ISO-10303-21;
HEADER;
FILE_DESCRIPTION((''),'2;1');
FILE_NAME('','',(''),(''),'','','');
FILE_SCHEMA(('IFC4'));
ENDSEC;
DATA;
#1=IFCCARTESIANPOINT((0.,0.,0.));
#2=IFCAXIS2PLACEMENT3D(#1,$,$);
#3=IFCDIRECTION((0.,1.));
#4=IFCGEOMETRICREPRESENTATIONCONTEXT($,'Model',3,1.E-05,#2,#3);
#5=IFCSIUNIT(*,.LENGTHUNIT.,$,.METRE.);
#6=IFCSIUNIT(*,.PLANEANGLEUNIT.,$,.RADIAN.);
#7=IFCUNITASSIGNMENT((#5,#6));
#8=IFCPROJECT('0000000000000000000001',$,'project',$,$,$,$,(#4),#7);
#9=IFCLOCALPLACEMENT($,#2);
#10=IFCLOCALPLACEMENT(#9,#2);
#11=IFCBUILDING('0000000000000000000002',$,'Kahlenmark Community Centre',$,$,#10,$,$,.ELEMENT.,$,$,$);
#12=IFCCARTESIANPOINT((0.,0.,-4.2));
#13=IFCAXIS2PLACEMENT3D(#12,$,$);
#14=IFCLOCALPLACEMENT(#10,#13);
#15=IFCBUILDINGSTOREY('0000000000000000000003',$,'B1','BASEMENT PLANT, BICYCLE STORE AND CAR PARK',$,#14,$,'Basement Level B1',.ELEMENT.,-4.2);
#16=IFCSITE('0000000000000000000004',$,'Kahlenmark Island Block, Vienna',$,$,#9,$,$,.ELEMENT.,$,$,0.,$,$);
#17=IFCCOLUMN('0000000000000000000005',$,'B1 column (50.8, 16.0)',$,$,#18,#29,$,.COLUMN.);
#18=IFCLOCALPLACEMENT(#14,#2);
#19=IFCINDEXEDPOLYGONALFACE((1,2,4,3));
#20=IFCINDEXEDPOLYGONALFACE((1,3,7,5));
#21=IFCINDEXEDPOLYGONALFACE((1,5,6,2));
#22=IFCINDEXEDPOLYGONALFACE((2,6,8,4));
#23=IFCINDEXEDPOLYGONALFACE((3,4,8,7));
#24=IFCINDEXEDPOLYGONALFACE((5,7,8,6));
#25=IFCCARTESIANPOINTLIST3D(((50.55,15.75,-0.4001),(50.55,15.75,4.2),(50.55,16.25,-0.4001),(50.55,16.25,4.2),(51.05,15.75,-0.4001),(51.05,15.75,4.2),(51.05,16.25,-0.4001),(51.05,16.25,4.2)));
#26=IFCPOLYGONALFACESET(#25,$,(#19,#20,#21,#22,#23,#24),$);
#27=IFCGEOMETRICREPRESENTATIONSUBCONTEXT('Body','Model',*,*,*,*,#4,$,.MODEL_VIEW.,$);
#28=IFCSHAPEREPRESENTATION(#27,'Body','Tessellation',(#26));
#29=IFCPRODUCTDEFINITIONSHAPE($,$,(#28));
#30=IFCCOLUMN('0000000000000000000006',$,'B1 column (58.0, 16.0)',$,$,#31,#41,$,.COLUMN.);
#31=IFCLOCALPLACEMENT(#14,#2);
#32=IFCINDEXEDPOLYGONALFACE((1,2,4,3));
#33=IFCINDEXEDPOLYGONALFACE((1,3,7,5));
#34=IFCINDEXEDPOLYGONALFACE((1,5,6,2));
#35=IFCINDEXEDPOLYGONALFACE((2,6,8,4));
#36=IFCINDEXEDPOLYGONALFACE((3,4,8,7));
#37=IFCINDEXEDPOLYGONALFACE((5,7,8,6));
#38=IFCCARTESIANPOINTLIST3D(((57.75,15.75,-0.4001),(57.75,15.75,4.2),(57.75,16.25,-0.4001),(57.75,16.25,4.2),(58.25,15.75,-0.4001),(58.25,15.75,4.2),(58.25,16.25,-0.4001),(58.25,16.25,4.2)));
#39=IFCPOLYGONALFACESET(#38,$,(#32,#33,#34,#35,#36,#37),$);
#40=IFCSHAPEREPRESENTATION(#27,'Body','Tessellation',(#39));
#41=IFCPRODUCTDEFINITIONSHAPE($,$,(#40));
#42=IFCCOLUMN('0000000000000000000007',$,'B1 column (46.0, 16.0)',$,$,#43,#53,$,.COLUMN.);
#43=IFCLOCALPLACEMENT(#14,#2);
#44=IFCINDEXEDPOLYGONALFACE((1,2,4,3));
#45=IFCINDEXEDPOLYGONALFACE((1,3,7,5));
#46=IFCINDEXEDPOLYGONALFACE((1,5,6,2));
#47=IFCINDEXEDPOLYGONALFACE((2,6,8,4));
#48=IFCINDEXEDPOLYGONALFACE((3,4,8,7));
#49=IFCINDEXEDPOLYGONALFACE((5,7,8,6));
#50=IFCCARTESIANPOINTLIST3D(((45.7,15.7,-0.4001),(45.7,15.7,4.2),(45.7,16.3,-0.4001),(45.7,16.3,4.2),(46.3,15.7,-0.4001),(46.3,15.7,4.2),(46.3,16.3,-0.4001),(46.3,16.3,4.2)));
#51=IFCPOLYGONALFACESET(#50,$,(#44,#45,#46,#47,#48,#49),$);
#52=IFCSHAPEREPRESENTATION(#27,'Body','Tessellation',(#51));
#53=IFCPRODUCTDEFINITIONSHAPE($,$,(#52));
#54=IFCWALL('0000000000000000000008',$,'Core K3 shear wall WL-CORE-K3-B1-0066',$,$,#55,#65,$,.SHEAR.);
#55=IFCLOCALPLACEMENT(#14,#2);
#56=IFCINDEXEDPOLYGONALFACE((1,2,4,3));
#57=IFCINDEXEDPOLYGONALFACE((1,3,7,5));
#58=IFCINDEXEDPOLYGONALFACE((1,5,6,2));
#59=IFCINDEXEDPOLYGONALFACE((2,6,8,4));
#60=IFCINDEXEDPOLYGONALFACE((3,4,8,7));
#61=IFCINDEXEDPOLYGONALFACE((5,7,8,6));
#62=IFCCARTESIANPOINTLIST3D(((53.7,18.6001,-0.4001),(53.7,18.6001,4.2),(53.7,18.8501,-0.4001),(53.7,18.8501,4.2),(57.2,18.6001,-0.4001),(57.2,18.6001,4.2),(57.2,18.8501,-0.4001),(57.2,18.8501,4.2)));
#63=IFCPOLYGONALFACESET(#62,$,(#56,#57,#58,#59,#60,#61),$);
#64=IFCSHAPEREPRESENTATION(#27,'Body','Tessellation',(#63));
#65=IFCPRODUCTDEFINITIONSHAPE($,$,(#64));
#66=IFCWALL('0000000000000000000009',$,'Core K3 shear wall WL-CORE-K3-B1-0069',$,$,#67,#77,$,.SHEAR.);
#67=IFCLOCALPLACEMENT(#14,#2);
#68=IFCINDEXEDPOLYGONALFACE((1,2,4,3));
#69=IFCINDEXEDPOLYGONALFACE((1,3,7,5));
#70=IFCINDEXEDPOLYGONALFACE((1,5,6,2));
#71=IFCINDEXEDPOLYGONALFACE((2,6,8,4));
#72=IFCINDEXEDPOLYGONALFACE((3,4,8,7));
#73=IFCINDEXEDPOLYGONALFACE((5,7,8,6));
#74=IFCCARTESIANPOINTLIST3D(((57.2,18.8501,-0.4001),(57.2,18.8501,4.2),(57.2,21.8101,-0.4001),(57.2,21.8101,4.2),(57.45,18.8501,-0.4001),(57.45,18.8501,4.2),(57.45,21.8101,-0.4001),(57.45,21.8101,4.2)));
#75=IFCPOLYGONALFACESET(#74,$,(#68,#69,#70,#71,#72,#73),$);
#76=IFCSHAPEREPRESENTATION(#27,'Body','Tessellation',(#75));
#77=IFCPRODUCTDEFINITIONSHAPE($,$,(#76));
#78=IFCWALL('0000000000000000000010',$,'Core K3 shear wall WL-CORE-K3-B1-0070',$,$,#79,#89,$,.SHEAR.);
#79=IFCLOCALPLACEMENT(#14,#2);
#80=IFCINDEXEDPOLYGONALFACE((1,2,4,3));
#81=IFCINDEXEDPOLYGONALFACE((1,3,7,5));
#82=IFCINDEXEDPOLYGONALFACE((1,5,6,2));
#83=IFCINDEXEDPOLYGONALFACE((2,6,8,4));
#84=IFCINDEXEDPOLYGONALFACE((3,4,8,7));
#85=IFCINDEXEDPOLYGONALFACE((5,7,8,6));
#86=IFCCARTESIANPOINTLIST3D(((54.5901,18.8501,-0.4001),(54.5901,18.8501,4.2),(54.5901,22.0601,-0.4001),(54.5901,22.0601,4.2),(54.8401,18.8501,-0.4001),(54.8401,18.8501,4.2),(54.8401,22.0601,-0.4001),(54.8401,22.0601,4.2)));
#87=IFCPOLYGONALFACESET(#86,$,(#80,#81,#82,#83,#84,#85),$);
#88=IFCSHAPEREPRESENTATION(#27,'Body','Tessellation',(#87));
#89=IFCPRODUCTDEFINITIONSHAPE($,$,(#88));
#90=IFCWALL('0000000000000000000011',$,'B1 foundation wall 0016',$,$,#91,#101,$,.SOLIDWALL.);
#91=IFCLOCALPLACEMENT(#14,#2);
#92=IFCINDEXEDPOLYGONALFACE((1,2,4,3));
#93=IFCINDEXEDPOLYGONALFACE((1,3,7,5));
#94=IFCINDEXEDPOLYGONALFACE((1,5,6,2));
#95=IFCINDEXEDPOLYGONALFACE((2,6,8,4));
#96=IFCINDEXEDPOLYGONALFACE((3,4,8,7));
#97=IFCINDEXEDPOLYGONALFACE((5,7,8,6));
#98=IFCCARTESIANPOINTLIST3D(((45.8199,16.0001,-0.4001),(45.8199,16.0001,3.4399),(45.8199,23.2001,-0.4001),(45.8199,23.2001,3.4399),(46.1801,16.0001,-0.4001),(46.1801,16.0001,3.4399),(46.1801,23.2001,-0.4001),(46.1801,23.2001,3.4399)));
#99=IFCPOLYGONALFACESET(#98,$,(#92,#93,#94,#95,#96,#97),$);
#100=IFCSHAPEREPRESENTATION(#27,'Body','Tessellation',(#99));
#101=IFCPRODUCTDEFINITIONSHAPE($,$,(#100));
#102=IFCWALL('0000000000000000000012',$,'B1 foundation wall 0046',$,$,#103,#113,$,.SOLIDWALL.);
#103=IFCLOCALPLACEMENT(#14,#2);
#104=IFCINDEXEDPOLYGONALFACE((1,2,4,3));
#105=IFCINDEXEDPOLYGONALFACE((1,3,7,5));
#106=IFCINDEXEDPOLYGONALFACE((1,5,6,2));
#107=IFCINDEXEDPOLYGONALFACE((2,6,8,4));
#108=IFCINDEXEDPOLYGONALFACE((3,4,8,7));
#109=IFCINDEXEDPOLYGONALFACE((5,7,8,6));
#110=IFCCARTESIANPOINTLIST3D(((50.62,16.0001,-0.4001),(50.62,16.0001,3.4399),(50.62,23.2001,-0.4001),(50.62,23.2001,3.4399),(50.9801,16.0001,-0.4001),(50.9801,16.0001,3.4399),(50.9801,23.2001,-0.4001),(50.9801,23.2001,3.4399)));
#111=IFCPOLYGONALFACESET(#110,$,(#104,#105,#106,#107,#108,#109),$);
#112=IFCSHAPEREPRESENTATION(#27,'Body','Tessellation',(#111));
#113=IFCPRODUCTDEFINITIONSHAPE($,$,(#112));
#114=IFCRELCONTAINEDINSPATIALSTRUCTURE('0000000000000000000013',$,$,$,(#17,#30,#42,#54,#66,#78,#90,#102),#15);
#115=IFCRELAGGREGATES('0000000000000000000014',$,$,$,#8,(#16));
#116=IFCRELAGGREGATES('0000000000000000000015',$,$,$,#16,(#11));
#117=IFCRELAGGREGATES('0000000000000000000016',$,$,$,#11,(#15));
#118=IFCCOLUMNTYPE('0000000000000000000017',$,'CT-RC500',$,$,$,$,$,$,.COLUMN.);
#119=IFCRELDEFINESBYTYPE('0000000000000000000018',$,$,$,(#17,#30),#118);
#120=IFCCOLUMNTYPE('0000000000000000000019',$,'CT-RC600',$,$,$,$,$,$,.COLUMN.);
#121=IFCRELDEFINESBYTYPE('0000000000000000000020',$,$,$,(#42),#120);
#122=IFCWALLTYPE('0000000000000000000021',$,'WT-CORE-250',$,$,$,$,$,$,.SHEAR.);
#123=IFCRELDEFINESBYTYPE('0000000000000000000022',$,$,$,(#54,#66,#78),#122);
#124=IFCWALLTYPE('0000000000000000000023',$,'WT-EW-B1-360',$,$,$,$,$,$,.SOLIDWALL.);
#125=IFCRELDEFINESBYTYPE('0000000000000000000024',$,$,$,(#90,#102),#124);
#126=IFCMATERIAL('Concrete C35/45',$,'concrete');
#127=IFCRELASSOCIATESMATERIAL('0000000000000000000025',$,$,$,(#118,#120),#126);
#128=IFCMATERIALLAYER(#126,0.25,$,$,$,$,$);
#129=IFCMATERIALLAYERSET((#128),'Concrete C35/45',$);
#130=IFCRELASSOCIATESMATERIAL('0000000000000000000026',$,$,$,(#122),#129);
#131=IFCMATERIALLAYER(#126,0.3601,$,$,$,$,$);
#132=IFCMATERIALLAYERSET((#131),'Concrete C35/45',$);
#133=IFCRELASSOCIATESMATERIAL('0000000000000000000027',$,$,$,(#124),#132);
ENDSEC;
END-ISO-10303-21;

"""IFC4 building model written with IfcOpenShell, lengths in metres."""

from ifc_helpers import new_model, si_unit, direction, frame, frame_2d, origin, origin_2d, place, context, subcontext, project, spatial, rectangle, extrude, material, layer, layer_set, material_profile, profile_set, type_object, element, save


model = new_model("IFC4")

# Units and contexts
model_context = context("Model", 3, precision=1e-05, world=origin(), true_north=direction((0.0, 1.0)))
body_context = subcontext(model_context, "Body", "Model", "MODEL_VIEW")
ifc_project = project(units=[si_unit("LENGTHUNIT", "METRE"), si_unit("PLANEANGLEUNIT", "RADIAN")], contexts=[model_context])

# Site, building, storey
site_placement = place(None, origin())
site = spatial("IfcSite", under=ifc_project, at=site_placement, Name="Kahlenmark Island Block, Vienna", CompositionType="ELEMENT", RefElevation=0.0)
building_placement = place(site_placement, origin())
building = spatial("IfcBuilding", under=site, at=building_placement, Name="Kahlenmark Community Centre", CompositionType="ELEMENT")
storey_placement = place(building_placement, frame((0.0, 0.0, -4.2)))
storey = spatial("IfcBuildingStorey", under=building, at=storey_placement, Name="B1", Description="BASEMENT PLANT, BICYCLE STORE AND CAR PARK", LongName="Basement Level B1", CompositionType="ELEMENT", Elevation=-4.2)

# Columns
ifc_material_1 = material(Name="Concrete C35/45", Category="concrete")
ifc_material_profile_1 = material_profile(ifc_material_1, rectangle(XDim=0.5, YDim=0.5, at=origin_2d()), Name="RC 500x500")
ifc_profile_set_1 = profile_set([ifc_material_profile_1], Name="Concrete C35/45")
column_type_1 = type_object("IfcColumnType", Name="CT-RC500", PredefinedType="COLUMN", material=ifc_profile_set_1)
for number, where, z_axis, x_axis, name in (
    (1, (50.8, 16.0, -0.4001), (0.0, 0.0, 1.0), (1.0, 0.0, 0.0), "B1 column (50.8, 16.0)"),
    (2, (58.0, 16.0, -0.4001), (0.0, 0.0, 1.0), (1.0, 0.0, 0.0), "B1 column (58.0, 16.0)"),
):
    element("IfcColumn", number, at=place(storey_placement, frame(where, z_axis=z_axis, x_axis=x_axis)), inside=storey, type_object=column_type_1, Name=name, PredefinedType="COLUMN", context=body_context, shape_type="SweptSolid", body=[
        extrude(rectangle(XDim=0.5, YDim=0.5, at=origin_2d()), origin(), (0.0, 0.0, 1.0), 4.6001),
    ])
ifc_material_profile_2 = material_profile(ifc_material_1, rectangle(XDim=0.6001, YDim=0.6001, at=origin_2d()), Name="RC 600x600")
ifc_profile_set_2 = profile_set([ifc_material_profile_2], Name="Concrete C35/45")
column_type_2 = type_object("IfcColumnType", Name="CT-RC600", PredefinedType="COLUMN", material=ifc_profile_set_2)
column_placement = place(storey_placement, frame((46.0, 16.0, -0.4001), z_axis=(0.0, 0.0, 1.0), x_axis=(1.0, 0.0, 0.0)))
element("IfcColumn", 3, at=column_placement, inside=storey, type_object=column_type_2, Name="B1 column (46.0, 16.0)", PredefinedType="COLUMN", context=body_context, shape_type="SweptSolid", body=[
    extrude(rectangle(XDim=0.6001, YDim=0.6001, at=origin_2d()), origin(), (0.0, 0.0, 1.0), 4.6001),
])

# Walls
ifc_layer_1 = layer(ifc_material_1, 0.25)
ifc_layer_set_1 = layer_set([ifc_layer_1], Name="Concrete C35/45")
wall_type_1 = type_object("IfcWallType", Name="WT-CORE-250", PredefinedType="SHEAR", material=ifc_layer_set_1)
wall_1_placement = place(storey_placement, frame((57.2, 18.7251, -0.4001), z_axis=(0.0, 0.0, 1.0), x_axis=(-1.0, 0.0, 0.0)))
element("IfcWall", 4, at=wall_1_placement, inside=storey, type_object=wall_type_1, Name="Core K3 shear wall WL-CORE-K3-B1-0066", PredefinedType="SHEAR", context=body_context, shape_type="SweptSolid", body=[
    extrude(rectangle(XDim=3.5, YDim=0.25, at=frame_2d((1.75, 0.0))), origin(), (0.0, 0.0, 1.0), 4.6001),
])
wall_2_placement = place(storey_placement, frame((57.325, 18.8501, -0.4001), z_axis=(0.0, 0.0, 1.0), x_axis=(0.0, 1.0, 0.0)))
element("IfcWall", 5, at=wall_2_placement, inside=storey, type_object=wall_type_1, Name="Core K3 shear wall WL-CORE-K3-B1-0069", PredefinedType="SHEAR", context=body_context, shape_type="SweptSolid", body=[
    extrude(rectangle(XDim=2.96, YDim=0.25, at=frame_2d((1.48, 0.0))), origin(), (0.0, 0.0, 1.0), 4.6001),
])
wall_3_placement = place(storey_placement, frame((54.7151, 18.8501, -0.4001), z_axis=(0.0, 0.0, 1.0), x_axis=(0.0, 1.0, 0.0)))
element("IfcWall", 6, at=wall_3_placement, inside=storey, type_object=wall_type_1, Name="Core K3 shear wall WL-CORE-K3-B1-0070", PredefinedType="SHEAR", context=body_context, shape_type="SweptSolid", body=[
    extrude(rectangle(XDim=3.21, YDim=0.25, at=frame_2d((1.605, 0.0))), origin(), (0.0, 0.0, 1.0), 4.6001),
])
ifc_layer_2 = layer(ifc_material_1, 0.3601)
ifc_layer_set_2 = layer_set([ifc_layer_2], Name="Concrete C35/45")
wall_type_2 = type_object("IfcWallType", Name="WT-EW-B1-360", PredefinedType="SOLIDWALL", material=ifc_layer_set_2)
for number, where, z_axis, x_axis, name in (
    (7, (46.0, 16.0, -0.4001), (0.0, 0.0, 1.0), (0.0, 1.0, 0.0), "B1 foundation wall 0016"),
    (8, (50.8, 16.0, -0.4001), (0.0, 0.0, 1.0), (0.0, 1.0, 0.0), "B1 foundation wall 0046"),
):
    element("IfcWall", number, at=place(storey_placement, frame(where, z_axis=z_axis, x_axis=x_axis)), inside=storey, type_object=wall_type_2, Name=name, PredefinedType="SOLIDWALL", context=body_context, shape_type="SweptSolid", body=[
        extrude(rectangle(XDim=7.2, YDim=0.3601, at=frame_2d((3.6001, 0.0))), origin(), (0.0, 0.0, 1.0), 3.8401),
    ])

save(model, "model.ifc")
